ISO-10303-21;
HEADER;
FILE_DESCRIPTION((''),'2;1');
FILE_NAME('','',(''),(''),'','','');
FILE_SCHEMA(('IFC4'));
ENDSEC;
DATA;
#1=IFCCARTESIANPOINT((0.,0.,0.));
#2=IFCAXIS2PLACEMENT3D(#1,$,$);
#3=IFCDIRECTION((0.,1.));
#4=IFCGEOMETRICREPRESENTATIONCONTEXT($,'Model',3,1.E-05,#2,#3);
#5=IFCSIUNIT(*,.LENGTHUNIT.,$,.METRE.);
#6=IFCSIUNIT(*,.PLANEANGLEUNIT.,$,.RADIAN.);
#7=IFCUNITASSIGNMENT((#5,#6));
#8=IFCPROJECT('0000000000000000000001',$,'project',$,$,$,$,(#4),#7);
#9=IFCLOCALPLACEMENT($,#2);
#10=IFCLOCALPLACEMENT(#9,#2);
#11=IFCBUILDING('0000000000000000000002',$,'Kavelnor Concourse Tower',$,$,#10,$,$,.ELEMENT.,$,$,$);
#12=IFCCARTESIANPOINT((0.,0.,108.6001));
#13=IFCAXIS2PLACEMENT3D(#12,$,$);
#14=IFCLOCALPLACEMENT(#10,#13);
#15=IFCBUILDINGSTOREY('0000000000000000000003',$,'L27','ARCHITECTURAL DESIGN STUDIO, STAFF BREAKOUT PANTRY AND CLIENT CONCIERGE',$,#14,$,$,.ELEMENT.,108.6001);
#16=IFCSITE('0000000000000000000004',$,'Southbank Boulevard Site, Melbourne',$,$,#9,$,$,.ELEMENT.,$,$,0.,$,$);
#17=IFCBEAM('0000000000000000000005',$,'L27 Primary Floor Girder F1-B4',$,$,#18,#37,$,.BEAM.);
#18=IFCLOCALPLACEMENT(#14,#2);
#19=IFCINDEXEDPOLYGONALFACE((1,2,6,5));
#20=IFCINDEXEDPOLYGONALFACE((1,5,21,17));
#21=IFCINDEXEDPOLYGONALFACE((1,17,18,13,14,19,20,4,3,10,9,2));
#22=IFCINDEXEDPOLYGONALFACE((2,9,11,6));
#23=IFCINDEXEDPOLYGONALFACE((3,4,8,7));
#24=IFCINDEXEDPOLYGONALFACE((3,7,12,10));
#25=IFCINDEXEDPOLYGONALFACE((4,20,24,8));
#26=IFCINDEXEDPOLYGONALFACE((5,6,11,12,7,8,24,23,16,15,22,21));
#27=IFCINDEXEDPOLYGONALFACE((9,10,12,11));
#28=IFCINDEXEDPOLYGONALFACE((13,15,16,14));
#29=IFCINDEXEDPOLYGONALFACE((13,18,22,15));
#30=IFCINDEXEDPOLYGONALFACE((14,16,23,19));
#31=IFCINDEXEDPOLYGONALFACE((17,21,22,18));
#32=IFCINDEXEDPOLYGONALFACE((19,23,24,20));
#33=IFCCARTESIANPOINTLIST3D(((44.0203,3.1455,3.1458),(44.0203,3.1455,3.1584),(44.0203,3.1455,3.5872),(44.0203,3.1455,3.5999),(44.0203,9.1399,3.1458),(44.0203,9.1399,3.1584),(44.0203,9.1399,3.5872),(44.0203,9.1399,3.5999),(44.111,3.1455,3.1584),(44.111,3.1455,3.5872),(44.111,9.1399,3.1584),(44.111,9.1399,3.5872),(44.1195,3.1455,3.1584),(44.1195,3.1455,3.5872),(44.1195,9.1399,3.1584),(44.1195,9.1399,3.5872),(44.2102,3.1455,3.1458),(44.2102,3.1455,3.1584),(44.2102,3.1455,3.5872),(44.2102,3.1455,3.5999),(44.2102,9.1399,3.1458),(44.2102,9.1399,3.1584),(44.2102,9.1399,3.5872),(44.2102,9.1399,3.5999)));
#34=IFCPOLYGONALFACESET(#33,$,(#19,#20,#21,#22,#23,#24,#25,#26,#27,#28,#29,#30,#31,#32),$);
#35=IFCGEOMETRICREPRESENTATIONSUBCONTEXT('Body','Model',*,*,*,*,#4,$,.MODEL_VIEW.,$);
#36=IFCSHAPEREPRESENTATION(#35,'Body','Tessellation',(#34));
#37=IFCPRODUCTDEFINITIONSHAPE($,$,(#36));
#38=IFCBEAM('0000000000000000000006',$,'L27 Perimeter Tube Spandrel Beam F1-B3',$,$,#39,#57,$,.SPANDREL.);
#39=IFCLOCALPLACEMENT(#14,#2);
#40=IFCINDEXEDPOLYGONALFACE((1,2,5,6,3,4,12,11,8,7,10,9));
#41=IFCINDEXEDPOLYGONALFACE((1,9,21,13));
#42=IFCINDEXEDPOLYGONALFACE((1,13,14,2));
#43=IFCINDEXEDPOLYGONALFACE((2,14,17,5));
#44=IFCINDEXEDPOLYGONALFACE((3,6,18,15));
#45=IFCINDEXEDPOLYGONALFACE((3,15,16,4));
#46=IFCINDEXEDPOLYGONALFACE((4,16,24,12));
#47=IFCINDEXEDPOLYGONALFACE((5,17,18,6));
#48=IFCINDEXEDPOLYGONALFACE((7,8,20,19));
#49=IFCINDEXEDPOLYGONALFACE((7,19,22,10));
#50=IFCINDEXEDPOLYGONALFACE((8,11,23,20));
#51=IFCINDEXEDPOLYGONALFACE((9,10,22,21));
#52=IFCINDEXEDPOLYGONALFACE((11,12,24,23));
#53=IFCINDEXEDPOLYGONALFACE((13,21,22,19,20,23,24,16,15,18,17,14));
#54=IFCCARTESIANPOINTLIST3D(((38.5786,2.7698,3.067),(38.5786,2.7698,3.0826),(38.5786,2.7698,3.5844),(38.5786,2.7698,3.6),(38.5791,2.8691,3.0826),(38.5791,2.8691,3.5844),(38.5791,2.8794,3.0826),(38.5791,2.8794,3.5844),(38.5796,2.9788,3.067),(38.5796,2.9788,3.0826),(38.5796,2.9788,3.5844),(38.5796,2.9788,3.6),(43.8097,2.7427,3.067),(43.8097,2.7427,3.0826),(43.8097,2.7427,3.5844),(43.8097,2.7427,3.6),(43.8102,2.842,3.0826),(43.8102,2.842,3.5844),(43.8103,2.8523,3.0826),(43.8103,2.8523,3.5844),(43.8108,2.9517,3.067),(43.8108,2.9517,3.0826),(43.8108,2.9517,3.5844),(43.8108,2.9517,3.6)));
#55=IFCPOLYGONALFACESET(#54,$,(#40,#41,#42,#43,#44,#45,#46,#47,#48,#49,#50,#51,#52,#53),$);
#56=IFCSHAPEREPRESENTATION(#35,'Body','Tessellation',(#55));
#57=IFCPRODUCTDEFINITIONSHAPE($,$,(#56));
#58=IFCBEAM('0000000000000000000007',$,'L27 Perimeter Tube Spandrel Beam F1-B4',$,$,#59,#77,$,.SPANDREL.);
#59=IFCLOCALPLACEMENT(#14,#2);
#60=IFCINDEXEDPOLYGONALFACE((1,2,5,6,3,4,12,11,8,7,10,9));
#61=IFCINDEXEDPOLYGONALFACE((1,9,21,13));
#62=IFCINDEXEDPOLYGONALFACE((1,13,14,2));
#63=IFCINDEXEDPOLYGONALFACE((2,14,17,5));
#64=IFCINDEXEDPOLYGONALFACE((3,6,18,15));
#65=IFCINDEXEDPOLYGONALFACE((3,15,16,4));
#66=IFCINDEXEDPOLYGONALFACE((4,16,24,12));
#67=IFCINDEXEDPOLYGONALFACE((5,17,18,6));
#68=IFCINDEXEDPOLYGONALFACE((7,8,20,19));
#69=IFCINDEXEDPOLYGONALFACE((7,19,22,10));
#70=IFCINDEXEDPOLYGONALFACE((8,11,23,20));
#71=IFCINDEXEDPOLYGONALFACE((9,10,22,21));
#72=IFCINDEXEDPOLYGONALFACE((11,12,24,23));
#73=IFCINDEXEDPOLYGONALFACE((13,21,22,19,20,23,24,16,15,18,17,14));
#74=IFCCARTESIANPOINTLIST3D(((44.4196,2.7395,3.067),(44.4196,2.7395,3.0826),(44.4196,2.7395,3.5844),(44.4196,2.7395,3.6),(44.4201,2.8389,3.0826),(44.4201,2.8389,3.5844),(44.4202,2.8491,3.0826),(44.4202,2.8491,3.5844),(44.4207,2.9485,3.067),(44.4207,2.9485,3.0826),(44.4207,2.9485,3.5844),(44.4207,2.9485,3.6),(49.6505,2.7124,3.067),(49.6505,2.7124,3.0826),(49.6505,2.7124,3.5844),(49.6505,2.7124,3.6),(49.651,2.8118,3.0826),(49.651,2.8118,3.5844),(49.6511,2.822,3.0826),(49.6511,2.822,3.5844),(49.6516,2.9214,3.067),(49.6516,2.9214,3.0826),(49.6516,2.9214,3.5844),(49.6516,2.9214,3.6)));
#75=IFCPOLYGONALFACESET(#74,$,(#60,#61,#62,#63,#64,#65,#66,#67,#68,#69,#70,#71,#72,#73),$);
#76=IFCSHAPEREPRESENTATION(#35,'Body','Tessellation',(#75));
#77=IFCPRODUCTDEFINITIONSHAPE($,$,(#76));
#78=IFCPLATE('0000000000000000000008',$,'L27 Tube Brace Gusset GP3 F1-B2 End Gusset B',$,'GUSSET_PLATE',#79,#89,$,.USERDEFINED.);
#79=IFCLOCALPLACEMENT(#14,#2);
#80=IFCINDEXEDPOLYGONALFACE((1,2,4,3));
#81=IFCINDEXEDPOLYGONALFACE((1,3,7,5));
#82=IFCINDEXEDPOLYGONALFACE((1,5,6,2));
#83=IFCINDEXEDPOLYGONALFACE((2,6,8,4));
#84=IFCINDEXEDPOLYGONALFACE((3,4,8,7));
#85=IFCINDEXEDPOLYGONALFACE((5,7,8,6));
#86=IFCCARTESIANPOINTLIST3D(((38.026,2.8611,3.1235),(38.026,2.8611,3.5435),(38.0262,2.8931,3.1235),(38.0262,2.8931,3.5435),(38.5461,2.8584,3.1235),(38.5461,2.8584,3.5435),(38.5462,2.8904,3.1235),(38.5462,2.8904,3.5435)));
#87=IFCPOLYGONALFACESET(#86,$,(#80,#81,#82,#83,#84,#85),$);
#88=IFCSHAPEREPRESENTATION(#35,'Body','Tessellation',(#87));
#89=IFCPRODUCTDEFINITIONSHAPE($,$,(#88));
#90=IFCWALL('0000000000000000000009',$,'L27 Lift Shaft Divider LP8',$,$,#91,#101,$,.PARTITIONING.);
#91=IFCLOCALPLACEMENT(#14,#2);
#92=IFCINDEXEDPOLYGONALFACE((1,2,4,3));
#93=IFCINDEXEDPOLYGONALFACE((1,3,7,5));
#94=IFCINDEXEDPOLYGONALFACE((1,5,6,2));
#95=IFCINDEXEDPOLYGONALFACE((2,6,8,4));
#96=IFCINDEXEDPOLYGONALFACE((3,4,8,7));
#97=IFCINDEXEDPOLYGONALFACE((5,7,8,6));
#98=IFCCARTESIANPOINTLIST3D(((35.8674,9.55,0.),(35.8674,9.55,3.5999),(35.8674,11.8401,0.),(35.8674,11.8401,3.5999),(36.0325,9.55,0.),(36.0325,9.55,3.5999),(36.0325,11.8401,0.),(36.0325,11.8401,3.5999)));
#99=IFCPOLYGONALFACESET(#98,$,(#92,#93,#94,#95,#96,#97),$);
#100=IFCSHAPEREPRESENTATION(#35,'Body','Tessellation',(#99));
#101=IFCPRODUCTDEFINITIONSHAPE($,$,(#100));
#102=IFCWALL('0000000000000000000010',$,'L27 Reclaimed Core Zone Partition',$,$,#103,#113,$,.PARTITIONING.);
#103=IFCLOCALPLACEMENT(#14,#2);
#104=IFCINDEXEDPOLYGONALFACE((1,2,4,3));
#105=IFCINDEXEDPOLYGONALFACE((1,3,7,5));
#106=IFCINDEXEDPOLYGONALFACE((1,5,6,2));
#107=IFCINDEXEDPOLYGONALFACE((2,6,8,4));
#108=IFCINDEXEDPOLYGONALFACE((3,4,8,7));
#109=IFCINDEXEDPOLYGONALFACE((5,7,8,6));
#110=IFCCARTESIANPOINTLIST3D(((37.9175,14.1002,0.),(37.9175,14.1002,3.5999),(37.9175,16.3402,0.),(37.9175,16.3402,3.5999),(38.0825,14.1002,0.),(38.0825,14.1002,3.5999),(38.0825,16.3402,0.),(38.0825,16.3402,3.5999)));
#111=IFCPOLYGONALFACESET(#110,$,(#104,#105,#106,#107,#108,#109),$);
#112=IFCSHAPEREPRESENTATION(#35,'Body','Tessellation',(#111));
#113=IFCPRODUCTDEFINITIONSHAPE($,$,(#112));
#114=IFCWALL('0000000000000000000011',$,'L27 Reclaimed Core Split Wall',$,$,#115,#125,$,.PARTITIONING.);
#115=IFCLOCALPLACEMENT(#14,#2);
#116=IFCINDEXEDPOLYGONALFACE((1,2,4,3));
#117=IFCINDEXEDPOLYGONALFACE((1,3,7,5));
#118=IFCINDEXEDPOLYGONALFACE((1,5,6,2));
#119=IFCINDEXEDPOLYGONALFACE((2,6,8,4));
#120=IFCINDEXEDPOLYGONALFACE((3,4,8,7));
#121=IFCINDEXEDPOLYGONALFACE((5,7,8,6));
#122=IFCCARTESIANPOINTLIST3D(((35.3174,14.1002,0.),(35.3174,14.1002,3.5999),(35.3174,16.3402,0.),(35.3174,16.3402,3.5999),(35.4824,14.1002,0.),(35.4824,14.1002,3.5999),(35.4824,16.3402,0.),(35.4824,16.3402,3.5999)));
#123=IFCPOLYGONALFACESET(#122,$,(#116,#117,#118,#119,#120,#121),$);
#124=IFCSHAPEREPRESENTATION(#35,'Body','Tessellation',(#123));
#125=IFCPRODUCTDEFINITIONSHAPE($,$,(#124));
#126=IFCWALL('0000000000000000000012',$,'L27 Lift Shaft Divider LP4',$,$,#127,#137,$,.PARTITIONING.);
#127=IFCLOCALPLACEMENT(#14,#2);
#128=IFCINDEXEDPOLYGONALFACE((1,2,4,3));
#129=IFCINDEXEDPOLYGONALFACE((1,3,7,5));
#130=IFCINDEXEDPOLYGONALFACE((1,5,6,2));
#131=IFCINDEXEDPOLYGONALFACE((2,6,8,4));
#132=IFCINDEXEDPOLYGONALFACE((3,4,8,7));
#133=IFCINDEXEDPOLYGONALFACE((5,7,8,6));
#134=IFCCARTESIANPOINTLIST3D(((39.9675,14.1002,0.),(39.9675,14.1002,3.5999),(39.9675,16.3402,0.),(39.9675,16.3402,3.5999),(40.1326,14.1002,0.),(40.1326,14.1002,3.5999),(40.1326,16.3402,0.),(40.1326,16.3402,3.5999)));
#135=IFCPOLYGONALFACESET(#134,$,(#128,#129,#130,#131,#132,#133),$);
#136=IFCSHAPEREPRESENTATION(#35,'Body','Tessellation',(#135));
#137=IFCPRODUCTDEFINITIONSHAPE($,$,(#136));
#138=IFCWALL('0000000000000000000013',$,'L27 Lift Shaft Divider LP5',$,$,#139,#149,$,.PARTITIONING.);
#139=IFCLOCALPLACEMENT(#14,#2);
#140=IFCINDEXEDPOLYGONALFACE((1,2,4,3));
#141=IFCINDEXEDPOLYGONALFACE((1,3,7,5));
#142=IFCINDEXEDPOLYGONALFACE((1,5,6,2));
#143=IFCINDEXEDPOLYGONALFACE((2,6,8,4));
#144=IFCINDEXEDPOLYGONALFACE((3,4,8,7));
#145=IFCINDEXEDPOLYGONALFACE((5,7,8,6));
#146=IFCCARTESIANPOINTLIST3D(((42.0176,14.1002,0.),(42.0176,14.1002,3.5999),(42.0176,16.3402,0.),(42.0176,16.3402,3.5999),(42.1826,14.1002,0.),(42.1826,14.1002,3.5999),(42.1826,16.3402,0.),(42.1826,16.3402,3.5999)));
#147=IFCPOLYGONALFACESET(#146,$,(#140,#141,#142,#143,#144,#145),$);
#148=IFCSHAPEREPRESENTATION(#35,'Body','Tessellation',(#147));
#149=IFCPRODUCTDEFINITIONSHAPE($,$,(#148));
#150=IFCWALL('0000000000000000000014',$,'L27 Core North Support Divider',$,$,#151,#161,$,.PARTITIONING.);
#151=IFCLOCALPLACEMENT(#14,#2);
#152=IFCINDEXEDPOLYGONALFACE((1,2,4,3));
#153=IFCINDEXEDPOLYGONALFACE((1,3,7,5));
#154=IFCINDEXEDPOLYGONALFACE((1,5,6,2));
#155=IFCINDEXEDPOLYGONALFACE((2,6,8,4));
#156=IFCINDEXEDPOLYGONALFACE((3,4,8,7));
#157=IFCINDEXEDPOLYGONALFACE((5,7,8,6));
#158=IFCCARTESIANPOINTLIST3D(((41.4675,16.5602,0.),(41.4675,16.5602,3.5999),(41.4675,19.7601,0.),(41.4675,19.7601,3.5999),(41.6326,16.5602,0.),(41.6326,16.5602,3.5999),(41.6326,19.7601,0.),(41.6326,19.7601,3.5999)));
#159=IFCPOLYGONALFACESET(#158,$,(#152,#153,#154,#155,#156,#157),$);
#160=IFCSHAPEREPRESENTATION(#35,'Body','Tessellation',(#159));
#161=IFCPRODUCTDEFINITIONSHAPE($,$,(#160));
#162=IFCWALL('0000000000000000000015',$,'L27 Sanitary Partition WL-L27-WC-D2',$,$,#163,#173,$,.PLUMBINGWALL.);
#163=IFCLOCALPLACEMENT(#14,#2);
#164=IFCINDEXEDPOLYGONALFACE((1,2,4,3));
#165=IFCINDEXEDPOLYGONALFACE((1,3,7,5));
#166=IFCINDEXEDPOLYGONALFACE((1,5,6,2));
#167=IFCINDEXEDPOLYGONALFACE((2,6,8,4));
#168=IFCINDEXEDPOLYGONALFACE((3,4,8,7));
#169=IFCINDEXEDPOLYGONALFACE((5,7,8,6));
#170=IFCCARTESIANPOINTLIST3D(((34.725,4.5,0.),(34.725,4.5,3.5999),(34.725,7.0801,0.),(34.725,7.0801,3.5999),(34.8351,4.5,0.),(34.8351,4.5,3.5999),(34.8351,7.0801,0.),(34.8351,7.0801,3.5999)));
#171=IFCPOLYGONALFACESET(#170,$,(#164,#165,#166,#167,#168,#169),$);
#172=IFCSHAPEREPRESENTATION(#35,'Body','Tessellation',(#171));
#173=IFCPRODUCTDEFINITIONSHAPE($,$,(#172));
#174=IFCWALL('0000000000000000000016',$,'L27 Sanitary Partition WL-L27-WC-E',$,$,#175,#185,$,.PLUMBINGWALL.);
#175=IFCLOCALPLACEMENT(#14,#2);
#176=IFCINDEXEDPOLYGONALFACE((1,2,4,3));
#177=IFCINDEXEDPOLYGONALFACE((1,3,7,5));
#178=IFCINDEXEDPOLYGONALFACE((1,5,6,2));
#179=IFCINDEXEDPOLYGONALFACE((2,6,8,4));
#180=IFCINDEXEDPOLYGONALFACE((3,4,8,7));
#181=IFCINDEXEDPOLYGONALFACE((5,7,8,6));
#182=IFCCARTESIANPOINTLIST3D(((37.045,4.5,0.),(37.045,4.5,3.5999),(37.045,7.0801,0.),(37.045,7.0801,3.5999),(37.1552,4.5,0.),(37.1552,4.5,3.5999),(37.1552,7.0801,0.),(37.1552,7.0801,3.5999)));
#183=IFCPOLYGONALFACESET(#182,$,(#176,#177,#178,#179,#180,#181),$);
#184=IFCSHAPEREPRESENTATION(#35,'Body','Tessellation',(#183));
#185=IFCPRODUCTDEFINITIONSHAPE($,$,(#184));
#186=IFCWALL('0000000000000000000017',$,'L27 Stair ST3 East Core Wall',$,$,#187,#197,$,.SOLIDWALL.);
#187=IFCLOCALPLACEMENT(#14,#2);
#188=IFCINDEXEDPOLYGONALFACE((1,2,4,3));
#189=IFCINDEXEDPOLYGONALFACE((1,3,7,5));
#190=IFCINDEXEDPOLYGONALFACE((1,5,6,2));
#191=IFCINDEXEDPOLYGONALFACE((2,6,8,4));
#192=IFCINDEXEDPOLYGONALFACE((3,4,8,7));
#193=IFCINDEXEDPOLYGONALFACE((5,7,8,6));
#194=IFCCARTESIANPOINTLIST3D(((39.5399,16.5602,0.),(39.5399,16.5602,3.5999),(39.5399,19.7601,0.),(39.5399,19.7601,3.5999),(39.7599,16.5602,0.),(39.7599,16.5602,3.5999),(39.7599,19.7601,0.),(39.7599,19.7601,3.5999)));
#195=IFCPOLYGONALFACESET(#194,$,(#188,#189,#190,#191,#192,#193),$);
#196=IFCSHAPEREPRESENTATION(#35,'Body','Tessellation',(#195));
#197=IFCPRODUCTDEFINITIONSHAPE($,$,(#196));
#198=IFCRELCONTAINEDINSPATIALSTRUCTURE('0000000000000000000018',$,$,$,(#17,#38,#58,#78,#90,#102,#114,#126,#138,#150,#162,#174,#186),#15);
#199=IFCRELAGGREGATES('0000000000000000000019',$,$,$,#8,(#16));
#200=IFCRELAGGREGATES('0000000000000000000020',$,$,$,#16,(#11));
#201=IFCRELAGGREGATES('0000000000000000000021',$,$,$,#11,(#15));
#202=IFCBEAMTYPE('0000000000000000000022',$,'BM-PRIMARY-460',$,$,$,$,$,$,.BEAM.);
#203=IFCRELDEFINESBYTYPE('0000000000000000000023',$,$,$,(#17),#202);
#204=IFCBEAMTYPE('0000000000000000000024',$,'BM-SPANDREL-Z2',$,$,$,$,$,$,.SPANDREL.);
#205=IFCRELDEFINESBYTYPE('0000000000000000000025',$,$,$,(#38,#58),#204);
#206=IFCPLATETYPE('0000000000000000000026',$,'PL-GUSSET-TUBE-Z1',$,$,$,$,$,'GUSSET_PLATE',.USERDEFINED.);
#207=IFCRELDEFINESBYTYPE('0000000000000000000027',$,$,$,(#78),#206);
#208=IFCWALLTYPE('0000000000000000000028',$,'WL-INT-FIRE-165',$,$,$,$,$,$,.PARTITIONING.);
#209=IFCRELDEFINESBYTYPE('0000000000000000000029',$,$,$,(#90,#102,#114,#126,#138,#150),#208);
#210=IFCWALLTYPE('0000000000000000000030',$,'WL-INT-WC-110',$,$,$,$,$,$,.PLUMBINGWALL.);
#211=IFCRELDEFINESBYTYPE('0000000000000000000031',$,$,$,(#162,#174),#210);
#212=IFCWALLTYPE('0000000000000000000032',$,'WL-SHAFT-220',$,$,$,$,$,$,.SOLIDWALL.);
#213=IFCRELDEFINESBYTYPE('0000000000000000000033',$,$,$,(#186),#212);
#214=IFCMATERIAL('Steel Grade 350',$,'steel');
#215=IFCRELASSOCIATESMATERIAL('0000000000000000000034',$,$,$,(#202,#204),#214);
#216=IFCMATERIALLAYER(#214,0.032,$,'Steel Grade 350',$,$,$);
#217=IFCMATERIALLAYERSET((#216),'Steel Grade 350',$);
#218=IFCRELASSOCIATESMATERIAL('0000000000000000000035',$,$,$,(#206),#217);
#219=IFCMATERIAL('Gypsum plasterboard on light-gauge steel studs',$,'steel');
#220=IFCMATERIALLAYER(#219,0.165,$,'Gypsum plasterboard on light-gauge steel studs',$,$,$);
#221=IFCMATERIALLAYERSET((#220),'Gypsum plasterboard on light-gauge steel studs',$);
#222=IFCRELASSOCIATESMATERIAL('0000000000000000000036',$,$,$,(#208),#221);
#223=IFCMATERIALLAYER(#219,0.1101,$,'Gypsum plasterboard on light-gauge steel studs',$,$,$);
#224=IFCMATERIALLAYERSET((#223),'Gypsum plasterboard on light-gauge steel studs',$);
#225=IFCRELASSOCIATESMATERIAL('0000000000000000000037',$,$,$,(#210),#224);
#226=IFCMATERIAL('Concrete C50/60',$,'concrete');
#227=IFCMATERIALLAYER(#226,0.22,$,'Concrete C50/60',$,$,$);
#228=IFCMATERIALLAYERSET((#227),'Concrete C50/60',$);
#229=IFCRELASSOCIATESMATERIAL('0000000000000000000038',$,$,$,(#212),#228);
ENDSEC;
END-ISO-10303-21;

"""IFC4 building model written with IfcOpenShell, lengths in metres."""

from ifc_helpers import new_model, si_unit, direction, frame, frame_2d, origin, origin_2d, place, context, subcontext, project, spatial, rectangle, i_section, extrude, material, layer, layer_set, material_profile, profile_set, type_object, element, save


model = new_model("IFC4")

# Units and contexts
model_context = context("Model", 3, precision=1e-05, world=origin(), true_north=direction((0.0, 1.0)))
body_context = subcontext(model_context, "Body", "Model", "MODEL_VIEW")
ifc_project = project(units=[si_unit("LENGTHUNIT", "METRE"), si_unit("PLANEANGLEUNIT", "RADIAN")], contexts=[model_context])

# Site, building, storey
site_placement = place(None, origin())
site = spatial("IfcSite", under=ifc_project, at=site_placement, Name="Southbank Boulevard Site, Melbourne", CompositionType="ELEMENT", RefElevation=0.0)
building_placement = place(site_placement, origin())
building = spatial("IfcBuilding", under=site, at=building_placement, Name="Kavelnor Concourse Tower", CompositionType="ELEMENT")
storey_placement = place(building_placement, frame((0.0, 0.0, 108.6001)))
storey = spatial("IfcBuildingStorey", under=building, at=storey_placement, Name="L27", Description="ARCHITECTURAL DESIGN STUDIO, STAFF BREAKOUT PANTRY AND CLIENT CONCIERGE", CompositionType="ELEMENT", Elevation=108.6001)

# Shared definitions
ifc_material_1 = material(Name="Steel Grade 350", Category="steel")

# Beams
ifc_material_profile_1 = material_profile(ifc_material_1, i_section(OverallWidth=0.1899, OverallDepth=0.4541, WebThickness=0.0085, FlangeThickness=0.0127, at=origin_2d()), Name="460UB67")
ifc_profile_set_1 = profile_set([ifc_material_profile_1], Name="Steel Grade 350")
beam_type_1 = type_object("IfcBeamType", Name="BM-PRIMARY-460", PredefinedType="BEAM", material=ifc_profile_set_1)
beam_1_placement = place(storey_placement, frame((44.1152, 9.1399, 3.3728), z_axis=(0.0, -1.0, 0.0), x_axis=(1.0, 0.0, 0.0)))
element("IfcBeam", 1, at=beam_1_placement, inside=storey, type_object=beam_type_1, Name="L27 Primary Floor Girder F1-B4", PredefinedType="BEAM", context=body_context, shape_type="SweptSolid", body=[
    extrude(i_section(OverallWidth=0.1899, OverallDepth=0.4541, WebThickness=0.0085, FlangeThickness=0.0127, at=origin_2d()), origin(), (0.0, 0.0, 1.0), 5.9944),
])
ifc_material_profile_2 = material_profile(ifc_material_1, i_section(OverallWidth=0.209, OverallDepth=0.533, WebThickness=0.0103, FlangeThickness=0.0156, at=origin_2d()), Name="530UB92")
ifc_profile_set_2 = profile_set([ifc_material_profile_2], Name="Steel Grade 350")
beam_type_2 = type_object("IfcBeamType", Name="BM-SPANDREL-Z2", PredefinedType="SPANDREL", material=ifc_profile_set_2)
beam_2_placement = place(storey_placement, frame((38.5791, 2.8743, 3.3335), z_axis=(0.999987, -0.00518, 0.0), x_axis=(0.00518, 0.999987, 0.0)))
element("IfcBeam", 2, at=beam_2_placement, inside=storey, type_object=beam_type_2, Name="L27 Perimeter Tube Spandrel Beam F1-B3", PredefinedType="SPANDREL", context=body_context, shape_type="SweptSolid", body=[
    extrude(i_section(OverallWidth=0.209, OverallDepth=0.533, WebThickness=0.0103, FlangeThickness=0.0156, at=origin_2d()), origin(), (0.0, 0.0, 1.0), 5.2312),
])
beam_3_placement = place(storey_placement, frame((44.4202, 2.844, 3.3335), z_axis=(0.999987, -0.005181, 0.0), x_axis=(0.005181, 0.999987, 0.0)))
element("IfcBeam", 3, at=beam_3_placement, inside=storey, type_object=beam_type_2, Name="L27 Perimeter Tube Spandrel Beam F1-B4", PredefinedType="SPANDREL", context=body_context, shape_type="SweptSolid", body=[
    extrude(i_section(OverallWidth=0.209, OverallDepth=0.533, WebThickness=0.0103, FlangeThickness=0.0156, at=origin_2d()), origin(), (0.0, 0.0, 1.0), 5.231),
])

# Plate
ifc_layer_1 = layer(ifc_material_1, 0.032, Name="Steel Grade 350")
ifc_layer_set_1 = layer_set([ifc_layer_1], Name="Steel Grade 350")
plate_type = type_object("IfcPlateType", Name="PL-GUSSET-TUBE-Z1", ElementType="GUSSET_PLATE", PredefinedType="USERDEFINED", material=ifc_layer_set_1)
plate_placement = place(storey_placement, frame((38.2861, 2.8757, 3.1235), z_axis=(0.0, 0.0, 1.0), x_axis=(0.999986, -0.005236, 0.0)))
element("IfcPlate", 4, at=plate_placement, inside=storey, type_object=plate_type, Name="L27 Tube Brace Gusset GP3 F1-B2 End Gusset B", ObjectType="GUSSET_PLATE", PredefinedType="USERDEFINED", context=body_context, shape_type="SweptSolid", body=[
    extrude(rectangle(XDim=0.52, YDim=0.032, at=origin_2d()), origin(), (0.0, 0.0, 1.0), 0.4199),
])

# Walls
ifc_material_2 = material(Name="Gypsum plasterboard on light-gauge steel studs", Category="steel")
ifc_layer_2 = layer(ifc_material_2, 0.165, Name="Gypsum plasterboard on light-gauge steel studs")
ifc_layer_set_2 = layer_set([ifc_layer_2], Name="Gypsum plasterboard on light-gauge steel studs")
wall_type_1 = type_object("IfcWallType", Name="WL-INT-FIRE-165", PredefinedType="PARTITIONING", material=ifc_layer_set_2)
wall_1_placement = place(storey_placement, frame((35.95, 9.55, 0.0), z_axis=(0.0, 0.0, 1.0), x_axis=(0.0, 1.0, 0.0)))
element("IfcWall", 5, at=wall_1_placement, inside=storey, type_object=wall_type_1, Name="L27 Lift Shaft Divider LP8", PredefinedType="PARTITIONING", context=body_context, shape_type="SweptSolid", body=[
    extrude(rectangle(XDim=2.29, YDim=0.165, at=frame_2d((1.145, 0.0))), origin(), (0.0, 0.0, 1.0), 3.5999),
])
for number, where, z_axis, x_axis, name in (
    (6, (38.0, 14.1001, 0.0), (0.0, 0.0, 1.0), (0.0, 1.0, 0.0), "L27 Reclaimed Core Zone Partition"),
    (7, (35.3999, 14.1001, 0.0), (0.0, 0.0, 1.0), (0.0, 1.0, 0.0), "L27 Reclaimed Core Split Wall"),
    (8, (40.05, 14.1001, 0.0), (0.0, 0.0, 1.0), (0.0, 1.0, 0.0), "L27 Lift Shaft Divider LP4"),
    (9, (42.1001, 14.1001, 0.0), (0.0, 0.0, 1.0), (0.0, 1.0, 0.0), "L27 Lift Shaft Divider LP5"),
):
    element("IfcWall", number, at=place(storey_placement, frame(where, z_axis=z_axis, x_axis=x_axis)), inside=storey, type_object=wall_type_1, Name=name, PredefinedType="PARTITIONING", context=body_context, shape_type="SweptSolid", body=[
        extrude(rectangle(XDim=2.24, YDim=0.165, at=frame_2d((1.1201, 0.0))), origin(), (0.0, 0.0, 1.0), 3.5999),
    ])
wall_2_placement = place(storey_placement, frame((41.55, 16.5601, 0.0), z_axis=(0.0, 0.0, 1.0), x_axis=(0.0, 1.0, 0.0)))
element("IfcWall", 10, at=wall_2_placement, inside=storey, type_object=wall_type_1, Name="L27 Core North Support Divider", PredefinedType="PARTITIONING", context=body_context, shape_type="SweptSolid", body=[
    extrude(rectangle(XDim=3.2, YDim=0.165, at=frame_2d((1.6001, 0.0))), origin(), (0.0, 0.0, 1.0), 3.5999),
])
ifc_layer_3 = layer(ifc_material_2, 0.1101, Name="Gypsum plasterboard on light-gauge steel studs")
ifc_layer_set_3 = layer_set([ifc_layer_3], Name="Gypsum plasterboard on light-gauge steel studs")
wall_type_2 = type_object("IfcWallType", Name="WL-INT-WC-110", PredefinedType="PLUMBINGWALL", material=ifc_layer_set_3)
for number, where, z_axis, x_axis, name in (
    (11, (34.78, 4.5, 0.0), (0.0, 0.0, 1.0), (0.0, 1.0, 0.0), "L27 Sanitary Partition WL-L27-WC-D2"),
    (12, (37.1001, 4.5, 0.0), (0.0, 0.0, 1.0), (0.0, 1.0, 0.0), "L27 Sanitary Partition WL-L27-WC-E"),
):
    element("IfcWall", number, at=place(storey_placement, frame(where, z_axis=z_axis, x_axis=x_axis)), inside=storey, type_object=wall_type_2, Name=name, PredefinedType="PLUMBINGWALL", context=body_context, shape_type="SweptSolid", body=[
        extrude(rectangle(XDim=2.5801, YDim=0.1101, at=frame_2d((1.29, 0.0))), origin(), (0.0, 0.0, 1.0), 3.5999),
    ])
ifc_material_3 = material(Name="Concrete C50/60", Category="concrete")
ifc_layer_4 = layer(ifc_material_3, 0.22, Name="Concrete C50/60")
ifc_layer_set_4 = layer_set([ifc_layer_4], Name="Concrete C50/60")
wall_type_3 = type_object("IfcWallType", Name="WL-SHAFT-220", PredefinedType="SOLIDWALL", material=ifc_layer_set_4)
wall_3_placement = place(storey_placement, frame((39.6499, 16.5601, 0.0), z_axis=(0.0, 0.0, 1.0), x_axis=(0.0, 1.0, 0.0)))
element("IfcWall", 13, at=wall_3_placement, inside=storey, type_object=wall_type_3, Name="L27 Stair ST3 East Core Wall", PredefinedType="SOLIDWALL", context=body_context, shape_type="SweptSolid", body=[
    extrude(rectangle(XDim=3.2, YDim=0.22, at=frame_2d((1.6001, 0.0))), origin(), (0.0, 0.0, 1.0), 3.5999),
])

save(model, "model.ifc")
